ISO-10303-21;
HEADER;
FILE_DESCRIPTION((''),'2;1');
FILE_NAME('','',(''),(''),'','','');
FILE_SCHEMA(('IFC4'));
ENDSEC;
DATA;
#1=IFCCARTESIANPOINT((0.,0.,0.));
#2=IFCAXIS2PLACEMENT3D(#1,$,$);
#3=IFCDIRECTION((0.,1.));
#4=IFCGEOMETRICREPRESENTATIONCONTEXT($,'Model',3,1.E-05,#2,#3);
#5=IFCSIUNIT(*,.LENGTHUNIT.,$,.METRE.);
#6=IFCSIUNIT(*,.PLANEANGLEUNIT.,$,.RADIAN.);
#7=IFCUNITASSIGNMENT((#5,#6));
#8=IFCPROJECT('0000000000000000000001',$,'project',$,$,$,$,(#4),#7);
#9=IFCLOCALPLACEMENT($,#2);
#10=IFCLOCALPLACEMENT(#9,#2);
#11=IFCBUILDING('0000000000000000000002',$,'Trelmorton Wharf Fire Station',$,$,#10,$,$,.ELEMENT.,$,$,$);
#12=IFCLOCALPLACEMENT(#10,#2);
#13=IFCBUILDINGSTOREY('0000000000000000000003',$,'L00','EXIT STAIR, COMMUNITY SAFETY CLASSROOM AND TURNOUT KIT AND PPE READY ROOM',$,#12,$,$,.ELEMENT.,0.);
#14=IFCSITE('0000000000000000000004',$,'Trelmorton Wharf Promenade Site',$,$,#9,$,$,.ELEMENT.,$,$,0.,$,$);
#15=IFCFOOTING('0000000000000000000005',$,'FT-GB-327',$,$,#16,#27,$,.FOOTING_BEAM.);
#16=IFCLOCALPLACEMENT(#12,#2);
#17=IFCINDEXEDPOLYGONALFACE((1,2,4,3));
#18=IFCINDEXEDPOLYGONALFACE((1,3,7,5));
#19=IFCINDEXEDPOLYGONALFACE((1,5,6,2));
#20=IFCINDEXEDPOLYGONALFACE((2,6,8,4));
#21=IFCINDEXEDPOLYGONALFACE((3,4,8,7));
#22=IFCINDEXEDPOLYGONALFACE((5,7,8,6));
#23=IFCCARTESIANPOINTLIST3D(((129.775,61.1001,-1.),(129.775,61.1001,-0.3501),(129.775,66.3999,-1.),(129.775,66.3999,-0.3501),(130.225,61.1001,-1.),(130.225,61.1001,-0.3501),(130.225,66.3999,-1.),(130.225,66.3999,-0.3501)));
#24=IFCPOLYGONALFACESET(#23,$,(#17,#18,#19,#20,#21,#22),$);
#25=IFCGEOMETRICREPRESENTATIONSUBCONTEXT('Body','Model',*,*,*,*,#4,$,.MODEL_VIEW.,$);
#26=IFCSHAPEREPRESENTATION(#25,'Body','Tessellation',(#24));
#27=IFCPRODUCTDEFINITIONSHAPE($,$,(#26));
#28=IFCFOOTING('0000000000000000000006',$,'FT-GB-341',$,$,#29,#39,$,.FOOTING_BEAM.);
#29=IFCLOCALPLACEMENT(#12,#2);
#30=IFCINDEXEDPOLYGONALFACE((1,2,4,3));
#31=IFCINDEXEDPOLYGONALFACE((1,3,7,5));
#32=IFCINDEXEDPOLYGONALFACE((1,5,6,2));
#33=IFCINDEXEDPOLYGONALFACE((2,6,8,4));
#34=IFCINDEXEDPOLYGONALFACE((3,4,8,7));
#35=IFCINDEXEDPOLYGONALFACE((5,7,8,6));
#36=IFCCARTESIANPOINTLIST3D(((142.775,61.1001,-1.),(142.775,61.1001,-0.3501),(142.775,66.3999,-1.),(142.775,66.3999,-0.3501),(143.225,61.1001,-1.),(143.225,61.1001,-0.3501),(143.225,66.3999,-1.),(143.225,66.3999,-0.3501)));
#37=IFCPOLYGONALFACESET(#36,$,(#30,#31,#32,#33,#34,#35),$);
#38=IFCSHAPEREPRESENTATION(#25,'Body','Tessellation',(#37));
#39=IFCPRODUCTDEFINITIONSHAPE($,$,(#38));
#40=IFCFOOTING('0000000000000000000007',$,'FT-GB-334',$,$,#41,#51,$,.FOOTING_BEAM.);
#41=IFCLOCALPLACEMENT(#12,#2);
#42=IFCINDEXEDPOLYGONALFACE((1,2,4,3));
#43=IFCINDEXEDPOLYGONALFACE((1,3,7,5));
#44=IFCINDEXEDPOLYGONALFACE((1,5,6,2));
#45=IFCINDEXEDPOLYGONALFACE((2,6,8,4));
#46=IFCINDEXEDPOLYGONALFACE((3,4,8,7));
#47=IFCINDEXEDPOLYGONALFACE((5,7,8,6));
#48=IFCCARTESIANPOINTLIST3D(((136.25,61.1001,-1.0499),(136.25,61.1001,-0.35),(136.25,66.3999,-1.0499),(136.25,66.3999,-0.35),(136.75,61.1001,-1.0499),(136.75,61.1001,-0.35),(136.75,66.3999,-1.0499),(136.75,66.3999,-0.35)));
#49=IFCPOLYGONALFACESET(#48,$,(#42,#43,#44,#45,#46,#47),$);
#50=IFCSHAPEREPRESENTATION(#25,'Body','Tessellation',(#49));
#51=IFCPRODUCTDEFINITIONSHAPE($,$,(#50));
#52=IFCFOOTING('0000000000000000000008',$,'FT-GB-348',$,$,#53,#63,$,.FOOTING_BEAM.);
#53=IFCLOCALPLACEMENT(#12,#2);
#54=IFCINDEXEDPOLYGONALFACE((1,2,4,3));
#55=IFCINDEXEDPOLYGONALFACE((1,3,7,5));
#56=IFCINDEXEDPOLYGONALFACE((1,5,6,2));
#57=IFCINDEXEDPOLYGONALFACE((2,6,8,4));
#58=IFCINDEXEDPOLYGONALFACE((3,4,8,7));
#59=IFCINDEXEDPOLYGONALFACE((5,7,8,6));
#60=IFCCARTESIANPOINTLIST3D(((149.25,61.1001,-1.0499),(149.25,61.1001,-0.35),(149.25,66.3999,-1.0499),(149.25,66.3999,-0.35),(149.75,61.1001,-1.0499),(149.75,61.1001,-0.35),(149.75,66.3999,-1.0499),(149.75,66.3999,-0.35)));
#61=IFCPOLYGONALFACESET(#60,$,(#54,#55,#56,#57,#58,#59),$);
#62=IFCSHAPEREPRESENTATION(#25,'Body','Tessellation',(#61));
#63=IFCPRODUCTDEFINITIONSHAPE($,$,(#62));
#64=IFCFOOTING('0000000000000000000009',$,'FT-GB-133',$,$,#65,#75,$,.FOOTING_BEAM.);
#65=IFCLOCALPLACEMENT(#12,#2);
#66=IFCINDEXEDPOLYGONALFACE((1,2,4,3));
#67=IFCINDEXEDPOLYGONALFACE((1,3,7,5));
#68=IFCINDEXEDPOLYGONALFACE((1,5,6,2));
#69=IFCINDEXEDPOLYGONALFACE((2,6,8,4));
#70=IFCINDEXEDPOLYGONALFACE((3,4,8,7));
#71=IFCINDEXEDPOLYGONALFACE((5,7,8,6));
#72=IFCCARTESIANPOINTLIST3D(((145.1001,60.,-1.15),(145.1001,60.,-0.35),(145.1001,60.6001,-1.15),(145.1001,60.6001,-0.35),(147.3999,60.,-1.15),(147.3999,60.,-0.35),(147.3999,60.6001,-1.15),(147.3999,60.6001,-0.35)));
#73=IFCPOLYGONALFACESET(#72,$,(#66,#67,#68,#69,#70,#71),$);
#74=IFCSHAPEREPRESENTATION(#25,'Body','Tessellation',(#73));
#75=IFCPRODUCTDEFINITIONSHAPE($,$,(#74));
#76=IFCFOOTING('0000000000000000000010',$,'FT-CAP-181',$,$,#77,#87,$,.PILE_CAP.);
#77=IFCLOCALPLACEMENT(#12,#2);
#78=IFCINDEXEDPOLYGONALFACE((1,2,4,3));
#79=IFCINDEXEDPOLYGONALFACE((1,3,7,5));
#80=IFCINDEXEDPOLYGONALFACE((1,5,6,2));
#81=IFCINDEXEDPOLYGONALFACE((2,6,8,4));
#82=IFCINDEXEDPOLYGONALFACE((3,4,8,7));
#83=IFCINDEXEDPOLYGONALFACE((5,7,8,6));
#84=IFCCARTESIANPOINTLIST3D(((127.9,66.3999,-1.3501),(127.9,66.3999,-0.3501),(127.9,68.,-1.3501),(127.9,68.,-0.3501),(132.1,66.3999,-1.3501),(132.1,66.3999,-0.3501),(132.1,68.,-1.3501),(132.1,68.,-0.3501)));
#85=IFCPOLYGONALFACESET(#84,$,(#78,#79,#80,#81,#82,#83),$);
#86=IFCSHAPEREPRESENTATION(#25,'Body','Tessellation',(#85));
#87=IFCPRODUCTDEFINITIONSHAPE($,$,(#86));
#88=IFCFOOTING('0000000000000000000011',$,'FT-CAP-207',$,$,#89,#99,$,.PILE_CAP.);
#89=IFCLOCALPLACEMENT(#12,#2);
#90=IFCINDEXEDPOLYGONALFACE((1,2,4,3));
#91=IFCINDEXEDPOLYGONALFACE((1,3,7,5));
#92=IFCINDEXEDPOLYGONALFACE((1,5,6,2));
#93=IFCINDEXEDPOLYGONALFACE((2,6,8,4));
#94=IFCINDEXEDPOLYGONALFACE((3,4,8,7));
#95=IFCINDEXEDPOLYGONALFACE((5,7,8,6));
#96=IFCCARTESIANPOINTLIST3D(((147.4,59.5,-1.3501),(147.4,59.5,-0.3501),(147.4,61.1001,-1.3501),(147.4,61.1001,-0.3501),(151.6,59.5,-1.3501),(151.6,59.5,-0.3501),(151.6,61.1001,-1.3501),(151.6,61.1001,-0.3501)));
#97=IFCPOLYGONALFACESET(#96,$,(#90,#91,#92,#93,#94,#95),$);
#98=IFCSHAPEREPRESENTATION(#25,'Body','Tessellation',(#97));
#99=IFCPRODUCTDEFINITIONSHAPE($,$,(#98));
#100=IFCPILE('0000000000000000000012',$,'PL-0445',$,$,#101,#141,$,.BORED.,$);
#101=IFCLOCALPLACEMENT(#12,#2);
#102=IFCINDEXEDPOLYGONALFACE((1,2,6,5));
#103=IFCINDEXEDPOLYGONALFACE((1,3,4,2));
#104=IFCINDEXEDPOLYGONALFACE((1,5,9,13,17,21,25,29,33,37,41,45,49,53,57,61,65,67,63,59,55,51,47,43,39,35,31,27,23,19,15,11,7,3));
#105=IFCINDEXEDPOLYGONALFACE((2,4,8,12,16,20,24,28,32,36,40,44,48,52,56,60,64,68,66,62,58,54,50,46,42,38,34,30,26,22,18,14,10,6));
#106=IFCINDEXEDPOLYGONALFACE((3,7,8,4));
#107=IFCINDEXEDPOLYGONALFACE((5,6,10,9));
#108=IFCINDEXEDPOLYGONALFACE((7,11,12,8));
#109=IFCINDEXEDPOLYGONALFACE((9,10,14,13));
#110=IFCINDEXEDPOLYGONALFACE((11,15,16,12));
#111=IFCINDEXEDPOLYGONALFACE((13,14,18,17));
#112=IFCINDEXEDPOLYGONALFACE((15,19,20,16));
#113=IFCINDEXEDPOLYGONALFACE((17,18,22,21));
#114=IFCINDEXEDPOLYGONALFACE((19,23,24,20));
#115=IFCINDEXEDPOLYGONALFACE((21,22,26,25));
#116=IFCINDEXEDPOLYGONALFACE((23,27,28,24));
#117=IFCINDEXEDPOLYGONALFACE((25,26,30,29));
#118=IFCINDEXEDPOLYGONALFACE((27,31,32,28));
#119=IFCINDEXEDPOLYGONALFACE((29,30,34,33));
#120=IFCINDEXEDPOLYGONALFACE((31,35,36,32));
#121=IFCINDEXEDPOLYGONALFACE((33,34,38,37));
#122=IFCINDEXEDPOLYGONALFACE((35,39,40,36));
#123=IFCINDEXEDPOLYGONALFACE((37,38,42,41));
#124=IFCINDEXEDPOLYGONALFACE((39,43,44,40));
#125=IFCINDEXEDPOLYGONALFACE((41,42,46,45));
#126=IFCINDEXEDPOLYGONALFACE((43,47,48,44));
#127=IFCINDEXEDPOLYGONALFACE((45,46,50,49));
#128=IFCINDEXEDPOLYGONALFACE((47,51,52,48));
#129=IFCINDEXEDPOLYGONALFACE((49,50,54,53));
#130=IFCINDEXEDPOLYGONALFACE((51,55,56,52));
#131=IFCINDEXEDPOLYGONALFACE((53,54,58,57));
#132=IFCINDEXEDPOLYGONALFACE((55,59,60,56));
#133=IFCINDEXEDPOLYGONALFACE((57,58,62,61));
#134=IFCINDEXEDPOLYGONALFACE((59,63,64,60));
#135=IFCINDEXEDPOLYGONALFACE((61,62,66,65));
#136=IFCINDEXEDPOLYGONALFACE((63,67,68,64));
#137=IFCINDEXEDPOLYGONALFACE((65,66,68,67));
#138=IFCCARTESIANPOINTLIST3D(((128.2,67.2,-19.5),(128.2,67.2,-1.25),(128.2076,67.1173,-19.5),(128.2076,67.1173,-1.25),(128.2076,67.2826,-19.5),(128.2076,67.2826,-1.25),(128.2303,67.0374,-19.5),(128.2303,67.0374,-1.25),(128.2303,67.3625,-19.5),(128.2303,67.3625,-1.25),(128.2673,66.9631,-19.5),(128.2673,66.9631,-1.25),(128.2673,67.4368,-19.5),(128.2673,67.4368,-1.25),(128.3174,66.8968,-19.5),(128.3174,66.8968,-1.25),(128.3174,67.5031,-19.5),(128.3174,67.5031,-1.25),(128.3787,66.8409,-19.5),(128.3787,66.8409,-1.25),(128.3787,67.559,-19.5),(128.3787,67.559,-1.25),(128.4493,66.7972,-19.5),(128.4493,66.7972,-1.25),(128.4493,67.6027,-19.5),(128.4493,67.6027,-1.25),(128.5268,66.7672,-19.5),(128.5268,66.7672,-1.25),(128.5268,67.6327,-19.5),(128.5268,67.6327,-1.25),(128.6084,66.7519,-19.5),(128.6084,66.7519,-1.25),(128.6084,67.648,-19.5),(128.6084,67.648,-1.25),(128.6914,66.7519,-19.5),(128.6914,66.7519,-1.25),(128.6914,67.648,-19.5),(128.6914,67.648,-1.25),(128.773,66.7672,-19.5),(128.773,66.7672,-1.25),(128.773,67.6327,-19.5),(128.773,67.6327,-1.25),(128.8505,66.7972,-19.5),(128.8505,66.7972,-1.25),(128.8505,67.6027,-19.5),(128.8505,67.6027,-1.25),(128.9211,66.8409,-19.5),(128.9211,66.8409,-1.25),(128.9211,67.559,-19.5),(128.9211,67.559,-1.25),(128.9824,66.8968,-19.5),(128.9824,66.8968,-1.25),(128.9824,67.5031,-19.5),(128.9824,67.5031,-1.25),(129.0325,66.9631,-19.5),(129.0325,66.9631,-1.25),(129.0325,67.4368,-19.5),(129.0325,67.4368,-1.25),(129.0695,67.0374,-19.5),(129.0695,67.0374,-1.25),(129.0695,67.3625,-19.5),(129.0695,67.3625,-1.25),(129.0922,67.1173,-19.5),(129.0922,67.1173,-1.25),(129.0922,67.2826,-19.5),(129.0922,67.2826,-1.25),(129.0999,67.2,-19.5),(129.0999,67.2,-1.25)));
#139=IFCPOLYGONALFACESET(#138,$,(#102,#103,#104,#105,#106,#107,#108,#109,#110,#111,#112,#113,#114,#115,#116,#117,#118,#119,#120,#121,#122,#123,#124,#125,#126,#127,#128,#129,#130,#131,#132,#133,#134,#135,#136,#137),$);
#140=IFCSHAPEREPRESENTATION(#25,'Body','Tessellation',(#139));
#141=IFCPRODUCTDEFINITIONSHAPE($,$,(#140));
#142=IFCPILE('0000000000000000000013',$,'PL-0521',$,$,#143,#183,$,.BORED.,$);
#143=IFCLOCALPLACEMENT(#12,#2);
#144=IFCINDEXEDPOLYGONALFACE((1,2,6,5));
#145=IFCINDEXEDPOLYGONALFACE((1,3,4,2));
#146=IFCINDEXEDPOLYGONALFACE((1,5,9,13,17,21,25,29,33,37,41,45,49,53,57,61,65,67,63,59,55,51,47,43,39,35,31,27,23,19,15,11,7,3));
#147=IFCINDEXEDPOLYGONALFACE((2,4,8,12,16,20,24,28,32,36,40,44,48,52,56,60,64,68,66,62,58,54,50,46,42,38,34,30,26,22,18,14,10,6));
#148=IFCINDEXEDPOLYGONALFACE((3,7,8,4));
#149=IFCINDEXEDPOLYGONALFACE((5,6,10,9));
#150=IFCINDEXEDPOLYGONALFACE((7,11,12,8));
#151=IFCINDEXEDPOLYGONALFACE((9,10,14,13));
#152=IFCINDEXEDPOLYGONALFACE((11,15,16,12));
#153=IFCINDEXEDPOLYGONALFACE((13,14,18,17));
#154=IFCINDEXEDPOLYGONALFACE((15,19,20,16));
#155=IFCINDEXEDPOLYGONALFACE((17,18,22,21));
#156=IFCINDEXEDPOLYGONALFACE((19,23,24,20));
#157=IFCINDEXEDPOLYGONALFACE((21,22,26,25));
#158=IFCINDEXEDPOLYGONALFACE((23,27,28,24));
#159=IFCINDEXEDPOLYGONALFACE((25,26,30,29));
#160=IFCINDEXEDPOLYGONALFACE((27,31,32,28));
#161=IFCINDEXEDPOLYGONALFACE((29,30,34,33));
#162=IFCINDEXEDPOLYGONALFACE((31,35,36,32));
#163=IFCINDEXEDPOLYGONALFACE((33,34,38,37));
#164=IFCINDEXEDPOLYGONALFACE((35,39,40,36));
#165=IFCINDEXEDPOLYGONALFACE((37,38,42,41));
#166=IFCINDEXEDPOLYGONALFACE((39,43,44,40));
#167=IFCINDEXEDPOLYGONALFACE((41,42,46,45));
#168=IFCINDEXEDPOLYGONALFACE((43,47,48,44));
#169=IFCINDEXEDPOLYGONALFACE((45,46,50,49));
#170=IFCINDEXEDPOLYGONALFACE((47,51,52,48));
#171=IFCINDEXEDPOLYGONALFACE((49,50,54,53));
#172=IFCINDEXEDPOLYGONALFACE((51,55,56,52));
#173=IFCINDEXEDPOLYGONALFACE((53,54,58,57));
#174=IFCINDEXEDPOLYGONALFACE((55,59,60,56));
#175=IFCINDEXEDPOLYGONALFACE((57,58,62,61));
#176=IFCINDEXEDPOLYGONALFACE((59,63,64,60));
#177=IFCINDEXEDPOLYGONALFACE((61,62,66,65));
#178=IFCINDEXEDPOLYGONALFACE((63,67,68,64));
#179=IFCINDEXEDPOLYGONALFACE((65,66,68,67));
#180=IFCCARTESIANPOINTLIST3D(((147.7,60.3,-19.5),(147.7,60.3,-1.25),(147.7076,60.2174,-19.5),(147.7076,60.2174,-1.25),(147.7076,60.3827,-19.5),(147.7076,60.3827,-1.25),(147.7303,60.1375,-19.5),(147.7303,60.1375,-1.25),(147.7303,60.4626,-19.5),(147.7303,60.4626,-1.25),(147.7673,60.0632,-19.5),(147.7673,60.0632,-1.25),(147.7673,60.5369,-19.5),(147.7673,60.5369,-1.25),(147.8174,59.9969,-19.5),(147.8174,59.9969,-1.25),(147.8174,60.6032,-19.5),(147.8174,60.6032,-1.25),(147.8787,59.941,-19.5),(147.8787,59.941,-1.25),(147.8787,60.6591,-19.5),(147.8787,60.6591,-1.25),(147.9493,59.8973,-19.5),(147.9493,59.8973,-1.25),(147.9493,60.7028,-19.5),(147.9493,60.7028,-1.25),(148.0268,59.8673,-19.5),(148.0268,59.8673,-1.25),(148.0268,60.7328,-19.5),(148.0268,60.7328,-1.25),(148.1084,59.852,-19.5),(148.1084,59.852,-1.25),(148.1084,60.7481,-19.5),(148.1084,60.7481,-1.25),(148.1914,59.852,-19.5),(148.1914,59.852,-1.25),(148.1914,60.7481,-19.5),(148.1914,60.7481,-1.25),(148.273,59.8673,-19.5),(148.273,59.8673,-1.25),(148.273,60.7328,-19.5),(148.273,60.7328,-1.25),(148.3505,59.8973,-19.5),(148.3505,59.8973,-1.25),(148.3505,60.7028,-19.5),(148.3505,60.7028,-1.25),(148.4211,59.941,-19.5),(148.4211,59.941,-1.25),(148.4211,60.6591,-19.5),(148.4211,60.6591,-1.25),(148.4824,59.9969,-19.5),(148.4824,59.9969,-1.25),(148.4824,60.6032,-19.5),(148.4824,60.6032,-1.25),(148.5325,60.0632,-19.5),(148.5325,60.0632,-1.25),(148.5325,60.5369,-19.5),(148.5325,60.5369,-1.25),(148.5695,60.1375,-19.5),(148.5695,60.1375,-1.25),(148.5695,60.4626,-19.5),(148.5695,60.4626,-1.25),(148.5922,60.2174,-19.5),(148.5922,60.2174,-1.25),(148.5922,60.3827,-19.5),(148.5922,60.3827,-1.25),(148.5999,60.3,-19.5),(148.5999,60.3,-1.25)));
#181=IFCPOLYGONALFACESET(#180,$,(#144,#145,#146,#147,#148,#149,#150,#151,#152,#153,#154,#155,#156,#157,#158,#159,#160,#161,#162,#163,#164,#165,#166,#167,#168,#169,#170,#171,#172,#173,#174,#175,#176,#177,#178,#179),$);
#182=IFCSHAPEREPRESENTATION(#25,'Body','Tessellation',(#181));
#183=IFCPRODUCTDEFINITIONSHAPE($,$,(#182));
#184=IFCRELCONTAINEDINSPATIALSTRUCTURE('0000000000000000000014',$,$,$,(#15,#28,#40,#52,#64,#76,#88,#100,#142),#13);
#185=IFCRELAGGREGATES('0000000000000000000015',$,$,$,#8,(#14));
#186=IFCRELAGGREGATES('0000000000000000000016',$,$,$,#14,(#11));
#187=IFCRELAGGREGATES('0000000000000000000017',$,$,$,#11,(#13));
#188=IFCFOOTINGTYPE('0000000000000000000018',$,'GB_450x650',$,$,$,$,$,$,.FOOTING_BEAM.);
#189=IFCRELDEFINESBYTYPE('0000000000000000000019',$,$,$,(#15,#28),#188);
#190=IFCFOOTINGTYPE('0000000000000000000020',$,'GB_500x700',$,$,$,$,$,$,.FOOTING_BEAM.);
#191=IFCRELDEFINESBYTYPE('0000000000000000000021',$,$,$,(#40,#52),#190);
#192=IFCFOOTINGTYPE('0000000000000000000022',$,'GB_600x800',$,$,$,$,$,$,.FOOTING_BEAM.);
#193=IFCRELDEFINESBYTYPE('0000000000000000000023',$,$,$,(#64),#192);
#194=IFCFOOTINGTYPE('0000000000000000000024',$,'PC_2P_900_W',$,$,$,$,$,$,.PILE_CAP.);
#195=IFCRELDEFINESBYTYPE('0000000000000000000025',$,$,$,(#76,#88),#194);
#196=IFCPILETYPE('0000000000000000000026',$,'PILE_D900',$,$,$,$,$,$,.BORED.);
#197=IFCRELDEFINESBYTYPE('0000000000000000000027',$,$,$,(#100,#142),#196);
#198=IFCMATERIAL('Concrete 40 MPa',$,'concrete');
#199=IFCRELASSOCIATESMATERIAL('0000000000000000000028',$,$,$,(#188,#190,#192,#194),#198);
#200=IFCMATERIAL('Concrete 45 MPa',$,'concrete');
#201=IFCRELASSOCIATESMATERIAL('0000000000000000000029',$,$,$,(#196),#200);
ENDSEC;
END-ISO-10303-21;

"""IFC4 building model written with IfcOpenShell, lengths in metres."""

from ifc_helpers import new_model, si_unit, direction, frame, origin, origin_2d, place, context, subcontext, project, spatial, rectangle, circle, extrude, material, material_profile, profile_set, type_object, element, save


model = new_model("IFC4")

# Units and contexts
model_context = context("Model", 3, precision=1e-05, world=origin(), true_north=direction((0.0, 1.0)))
body_context = subcontext(model_context, "Body", "Model", "MODEL_VIEW")
ifc_project = project(units=[si_unit("LENGTHUNIT", "METRE"), si_unit("PLANEANGLEUNIT", "RADIAN")], contexts=[model_context])

# Site, building, storey
site_placement = place(None, origin())
site = spatial("IfcSite", under=ifc_project, at=site_placement, Name="Trelmorton Wharf Promenade Site", CompositionType="ELEMENT", RefElevation=0.0)
building_placement = place(site_placement, origin())
building = spatial("IfcBuilding", under=site, at=building_placement, Name="Trelmorton Wharf Fire Station", CompositionType="ELEMENT")
storey_placement = place(building_placement, origin())
storey = spatial("IfcBuildingStorey", under=building, at=storey_placement, Name="L00", Description="EXIT STAIR, COMMUNITY SAFETY CLASSROOM AND TURNOUT KIT AND PPE READY ROOM", CompositionType="ELEMENT", Elevation=0.0)

# Footings
ifc_material_1 = material(Name="Concrete 40 MPa", Category="concrete")
ifc_material_profile_1 = material_profile(ifc_material_1, rectangle(XDim=0.45, YDim=0.6499, at=origin_2d()), Name="RC450x650")
ifc_profile_set_1 = profile_set([ifc_material_profile_1], Name="Concrete 40 MPa")
footing_type_1 = type_object("IfcFootingType", Name="GB_450x650", PredefinedType="FOOTING_BEAM", material=ifc_profile_set_1)
for number, where, z_axis, x_axis, name in (
    (1, (130.0, 61.1001, -0.675), (0.0, 1.0, 0.0), (-1.0, 0.0, 0.0), "FT-GB-327"),
    (2, (143.0, 61.1001, -0.675), (0.0, 1.0, 0.0), (-1.0, 0.0, 0.0), "FT-GB-341"),
):
    element("IfcFooting", number, at=place(storey_placement, frame(where, z_axis=z_axis, x_axis=x_axis)), inside=storey, type_object=footing_type_1, Name=name, PredefinedType="FOOTING_BEAM", context=body_context, shape_type="SweptSolid", body=[
        extrude(rectangle(XDim=0.45, YDim=0.6499, at=origin_2d()), origin(), (0.0, 0.0, 1.0), 5.2998),
    ])
ifc_material_profile_2 = material_profile(ifc_material_1, rectangle(XDim=0.5, YDim=0.7, at=origin_2d()), Name="RC500x700")
ifc_profile_set_2 = profile_set([ifc_material_profile_2], Name="Concrete 40 MPa")
footing_type_2 = type_object("IfcFootingType", Name="GB_500x700", PredefinedType="FOOTING_BEAM", material=ifc_profile_set_2)
for number, where, z_axis, x_axis, name in (
    (3, (136.5, 61.1001, -0.7), (0.0, 1.0, 0.0), (-1.0, 0.0, 0.0), "FT-GB-334"),
    (4, (149.5, 61.1001, -0.7), (0.0, 1.0, 0.0), (-1.0, 0.0, 0.0), "FT-GB-348"),
):
    element("IfcFooting", number, at=place(storey_placement, frame(where, z_axis=z_axis, x_axis=x_axis)), inside=storey, type_object=footing_type_2, Name=name, PredefinedType="FOOTING_BEAM", context=body_context, shape_type="SweptSolid", body=[
        extrude(rectangle(XDim=0.5, YDim=0.7, at=origin_2d()), origin(), (0.0, 0.0, 1.0), 5.2998),
    ])
ifc_material_profile_3 = material_profile(ifc_material_1, rectangle(XDim=0.6001, YDim=0.8, at=origin_2d()), Name="RC600x800")
ifc_profile_set_3 = profile_set([ifc_material_profile_3], Name="Concrete 40 MPa")
footing_type_3 = type_object("IfcFootingType", Name="GB_600x800", PredefinedType="FOOTING_BEAM", material=ifc_profile_set_3)
footing_placement = place(storey_placement, frame((145.1001, 60.3, -0.75), z_axis=(1.0, 0.0, 0.0), x_axis=(0.0, 1.0, 0.0)))
element("IfcFooting", 5, at=footing_placement, inside=storey, type_object=footing_type_3, Name="FT-GB-133", PredefinedType="FOOTING_BEAM", context=body_context, shape_type="SweptSolid", body=[
    extrude(rectangle(XDim=0.6001, YDim=0.8, at=origin_2d()), origin(), (0.0, 0.0, 1.0), 2.2998),
])
footing_type_4 = type_object("IfcFootingType", Name="PC_2P_900_W", PredefinedType="PILE_CAP", material=ifc_material_1)
for number, where, z_axis, x_axis, name in (
    (6, (130.0, 67.2, -1.3501), (0.0, 0.0, 1.0), (1.0, 0.0, 0.0), "FT-CAP-181"),
    (7, (149.5, 60.3, -1.3501), (0.0, 0.0, 1.0), (1.0, 0.0, 0.0), "FT-CAP-207"),
):
    element("IfcFooting", number, at=place(storey_placement, frame(where, z_axis=z_axis, x_axis=x_axis)), inside=storey, type_object=footing_type_4, Name=name, PredefinedType="PILE_CAP", context=body_context, shape_type="SweptSolid", body=[
        extrude(rectangle(XDim=4.2, YDim=1.6001, at=origin_2d()), origin(), (0.0, 0.0, 1.0), 1.0),
    ])

# Piles
ifc_material_2 = material(Name="Concrete 45 MPa", Category="concrete")
ifc_material_profile_4 = material_profile(ifc_material_2, circle(Radius=0.45, at=origin_2d()), Name="PILE-D900")
ifc_profile_set_4 = profile_set([ifc_material_profile_4], Name="Concrete 45 MPa")
pile_type = type_object("IfcPileType", Name="PILE_D900", PredefinedType="BORED", material=ifc_profile_set_4)
for number, where, z_axis, x_axis, name in (
    (8, (128.6499, 67.2, -1.25), (0.0, 0.0, -1.0), (1.0, 0.0, 0.0), "PL-0445"),
    (9, (148.1499, 60.3, -1.25), (0.0, 0.0, -1.0), (1.0, 0.0, 0.0), "PL-0521"),
):
    element("IfcPile", number, at=place(storey_placement, frame(where, z_axis=z_axis, x_axis=x_axis)), inside=storey, type_object=pile_type, Name=name, PredefinedType="BORED", context=body_context, shape_type="SweptSolid", body=[
        extrude(circle(Radius=0.45, at=origin_2d()), origin(), (0.0, 0.0, 1.0), 18.25),
    ])

save(model, "model.ifc")
